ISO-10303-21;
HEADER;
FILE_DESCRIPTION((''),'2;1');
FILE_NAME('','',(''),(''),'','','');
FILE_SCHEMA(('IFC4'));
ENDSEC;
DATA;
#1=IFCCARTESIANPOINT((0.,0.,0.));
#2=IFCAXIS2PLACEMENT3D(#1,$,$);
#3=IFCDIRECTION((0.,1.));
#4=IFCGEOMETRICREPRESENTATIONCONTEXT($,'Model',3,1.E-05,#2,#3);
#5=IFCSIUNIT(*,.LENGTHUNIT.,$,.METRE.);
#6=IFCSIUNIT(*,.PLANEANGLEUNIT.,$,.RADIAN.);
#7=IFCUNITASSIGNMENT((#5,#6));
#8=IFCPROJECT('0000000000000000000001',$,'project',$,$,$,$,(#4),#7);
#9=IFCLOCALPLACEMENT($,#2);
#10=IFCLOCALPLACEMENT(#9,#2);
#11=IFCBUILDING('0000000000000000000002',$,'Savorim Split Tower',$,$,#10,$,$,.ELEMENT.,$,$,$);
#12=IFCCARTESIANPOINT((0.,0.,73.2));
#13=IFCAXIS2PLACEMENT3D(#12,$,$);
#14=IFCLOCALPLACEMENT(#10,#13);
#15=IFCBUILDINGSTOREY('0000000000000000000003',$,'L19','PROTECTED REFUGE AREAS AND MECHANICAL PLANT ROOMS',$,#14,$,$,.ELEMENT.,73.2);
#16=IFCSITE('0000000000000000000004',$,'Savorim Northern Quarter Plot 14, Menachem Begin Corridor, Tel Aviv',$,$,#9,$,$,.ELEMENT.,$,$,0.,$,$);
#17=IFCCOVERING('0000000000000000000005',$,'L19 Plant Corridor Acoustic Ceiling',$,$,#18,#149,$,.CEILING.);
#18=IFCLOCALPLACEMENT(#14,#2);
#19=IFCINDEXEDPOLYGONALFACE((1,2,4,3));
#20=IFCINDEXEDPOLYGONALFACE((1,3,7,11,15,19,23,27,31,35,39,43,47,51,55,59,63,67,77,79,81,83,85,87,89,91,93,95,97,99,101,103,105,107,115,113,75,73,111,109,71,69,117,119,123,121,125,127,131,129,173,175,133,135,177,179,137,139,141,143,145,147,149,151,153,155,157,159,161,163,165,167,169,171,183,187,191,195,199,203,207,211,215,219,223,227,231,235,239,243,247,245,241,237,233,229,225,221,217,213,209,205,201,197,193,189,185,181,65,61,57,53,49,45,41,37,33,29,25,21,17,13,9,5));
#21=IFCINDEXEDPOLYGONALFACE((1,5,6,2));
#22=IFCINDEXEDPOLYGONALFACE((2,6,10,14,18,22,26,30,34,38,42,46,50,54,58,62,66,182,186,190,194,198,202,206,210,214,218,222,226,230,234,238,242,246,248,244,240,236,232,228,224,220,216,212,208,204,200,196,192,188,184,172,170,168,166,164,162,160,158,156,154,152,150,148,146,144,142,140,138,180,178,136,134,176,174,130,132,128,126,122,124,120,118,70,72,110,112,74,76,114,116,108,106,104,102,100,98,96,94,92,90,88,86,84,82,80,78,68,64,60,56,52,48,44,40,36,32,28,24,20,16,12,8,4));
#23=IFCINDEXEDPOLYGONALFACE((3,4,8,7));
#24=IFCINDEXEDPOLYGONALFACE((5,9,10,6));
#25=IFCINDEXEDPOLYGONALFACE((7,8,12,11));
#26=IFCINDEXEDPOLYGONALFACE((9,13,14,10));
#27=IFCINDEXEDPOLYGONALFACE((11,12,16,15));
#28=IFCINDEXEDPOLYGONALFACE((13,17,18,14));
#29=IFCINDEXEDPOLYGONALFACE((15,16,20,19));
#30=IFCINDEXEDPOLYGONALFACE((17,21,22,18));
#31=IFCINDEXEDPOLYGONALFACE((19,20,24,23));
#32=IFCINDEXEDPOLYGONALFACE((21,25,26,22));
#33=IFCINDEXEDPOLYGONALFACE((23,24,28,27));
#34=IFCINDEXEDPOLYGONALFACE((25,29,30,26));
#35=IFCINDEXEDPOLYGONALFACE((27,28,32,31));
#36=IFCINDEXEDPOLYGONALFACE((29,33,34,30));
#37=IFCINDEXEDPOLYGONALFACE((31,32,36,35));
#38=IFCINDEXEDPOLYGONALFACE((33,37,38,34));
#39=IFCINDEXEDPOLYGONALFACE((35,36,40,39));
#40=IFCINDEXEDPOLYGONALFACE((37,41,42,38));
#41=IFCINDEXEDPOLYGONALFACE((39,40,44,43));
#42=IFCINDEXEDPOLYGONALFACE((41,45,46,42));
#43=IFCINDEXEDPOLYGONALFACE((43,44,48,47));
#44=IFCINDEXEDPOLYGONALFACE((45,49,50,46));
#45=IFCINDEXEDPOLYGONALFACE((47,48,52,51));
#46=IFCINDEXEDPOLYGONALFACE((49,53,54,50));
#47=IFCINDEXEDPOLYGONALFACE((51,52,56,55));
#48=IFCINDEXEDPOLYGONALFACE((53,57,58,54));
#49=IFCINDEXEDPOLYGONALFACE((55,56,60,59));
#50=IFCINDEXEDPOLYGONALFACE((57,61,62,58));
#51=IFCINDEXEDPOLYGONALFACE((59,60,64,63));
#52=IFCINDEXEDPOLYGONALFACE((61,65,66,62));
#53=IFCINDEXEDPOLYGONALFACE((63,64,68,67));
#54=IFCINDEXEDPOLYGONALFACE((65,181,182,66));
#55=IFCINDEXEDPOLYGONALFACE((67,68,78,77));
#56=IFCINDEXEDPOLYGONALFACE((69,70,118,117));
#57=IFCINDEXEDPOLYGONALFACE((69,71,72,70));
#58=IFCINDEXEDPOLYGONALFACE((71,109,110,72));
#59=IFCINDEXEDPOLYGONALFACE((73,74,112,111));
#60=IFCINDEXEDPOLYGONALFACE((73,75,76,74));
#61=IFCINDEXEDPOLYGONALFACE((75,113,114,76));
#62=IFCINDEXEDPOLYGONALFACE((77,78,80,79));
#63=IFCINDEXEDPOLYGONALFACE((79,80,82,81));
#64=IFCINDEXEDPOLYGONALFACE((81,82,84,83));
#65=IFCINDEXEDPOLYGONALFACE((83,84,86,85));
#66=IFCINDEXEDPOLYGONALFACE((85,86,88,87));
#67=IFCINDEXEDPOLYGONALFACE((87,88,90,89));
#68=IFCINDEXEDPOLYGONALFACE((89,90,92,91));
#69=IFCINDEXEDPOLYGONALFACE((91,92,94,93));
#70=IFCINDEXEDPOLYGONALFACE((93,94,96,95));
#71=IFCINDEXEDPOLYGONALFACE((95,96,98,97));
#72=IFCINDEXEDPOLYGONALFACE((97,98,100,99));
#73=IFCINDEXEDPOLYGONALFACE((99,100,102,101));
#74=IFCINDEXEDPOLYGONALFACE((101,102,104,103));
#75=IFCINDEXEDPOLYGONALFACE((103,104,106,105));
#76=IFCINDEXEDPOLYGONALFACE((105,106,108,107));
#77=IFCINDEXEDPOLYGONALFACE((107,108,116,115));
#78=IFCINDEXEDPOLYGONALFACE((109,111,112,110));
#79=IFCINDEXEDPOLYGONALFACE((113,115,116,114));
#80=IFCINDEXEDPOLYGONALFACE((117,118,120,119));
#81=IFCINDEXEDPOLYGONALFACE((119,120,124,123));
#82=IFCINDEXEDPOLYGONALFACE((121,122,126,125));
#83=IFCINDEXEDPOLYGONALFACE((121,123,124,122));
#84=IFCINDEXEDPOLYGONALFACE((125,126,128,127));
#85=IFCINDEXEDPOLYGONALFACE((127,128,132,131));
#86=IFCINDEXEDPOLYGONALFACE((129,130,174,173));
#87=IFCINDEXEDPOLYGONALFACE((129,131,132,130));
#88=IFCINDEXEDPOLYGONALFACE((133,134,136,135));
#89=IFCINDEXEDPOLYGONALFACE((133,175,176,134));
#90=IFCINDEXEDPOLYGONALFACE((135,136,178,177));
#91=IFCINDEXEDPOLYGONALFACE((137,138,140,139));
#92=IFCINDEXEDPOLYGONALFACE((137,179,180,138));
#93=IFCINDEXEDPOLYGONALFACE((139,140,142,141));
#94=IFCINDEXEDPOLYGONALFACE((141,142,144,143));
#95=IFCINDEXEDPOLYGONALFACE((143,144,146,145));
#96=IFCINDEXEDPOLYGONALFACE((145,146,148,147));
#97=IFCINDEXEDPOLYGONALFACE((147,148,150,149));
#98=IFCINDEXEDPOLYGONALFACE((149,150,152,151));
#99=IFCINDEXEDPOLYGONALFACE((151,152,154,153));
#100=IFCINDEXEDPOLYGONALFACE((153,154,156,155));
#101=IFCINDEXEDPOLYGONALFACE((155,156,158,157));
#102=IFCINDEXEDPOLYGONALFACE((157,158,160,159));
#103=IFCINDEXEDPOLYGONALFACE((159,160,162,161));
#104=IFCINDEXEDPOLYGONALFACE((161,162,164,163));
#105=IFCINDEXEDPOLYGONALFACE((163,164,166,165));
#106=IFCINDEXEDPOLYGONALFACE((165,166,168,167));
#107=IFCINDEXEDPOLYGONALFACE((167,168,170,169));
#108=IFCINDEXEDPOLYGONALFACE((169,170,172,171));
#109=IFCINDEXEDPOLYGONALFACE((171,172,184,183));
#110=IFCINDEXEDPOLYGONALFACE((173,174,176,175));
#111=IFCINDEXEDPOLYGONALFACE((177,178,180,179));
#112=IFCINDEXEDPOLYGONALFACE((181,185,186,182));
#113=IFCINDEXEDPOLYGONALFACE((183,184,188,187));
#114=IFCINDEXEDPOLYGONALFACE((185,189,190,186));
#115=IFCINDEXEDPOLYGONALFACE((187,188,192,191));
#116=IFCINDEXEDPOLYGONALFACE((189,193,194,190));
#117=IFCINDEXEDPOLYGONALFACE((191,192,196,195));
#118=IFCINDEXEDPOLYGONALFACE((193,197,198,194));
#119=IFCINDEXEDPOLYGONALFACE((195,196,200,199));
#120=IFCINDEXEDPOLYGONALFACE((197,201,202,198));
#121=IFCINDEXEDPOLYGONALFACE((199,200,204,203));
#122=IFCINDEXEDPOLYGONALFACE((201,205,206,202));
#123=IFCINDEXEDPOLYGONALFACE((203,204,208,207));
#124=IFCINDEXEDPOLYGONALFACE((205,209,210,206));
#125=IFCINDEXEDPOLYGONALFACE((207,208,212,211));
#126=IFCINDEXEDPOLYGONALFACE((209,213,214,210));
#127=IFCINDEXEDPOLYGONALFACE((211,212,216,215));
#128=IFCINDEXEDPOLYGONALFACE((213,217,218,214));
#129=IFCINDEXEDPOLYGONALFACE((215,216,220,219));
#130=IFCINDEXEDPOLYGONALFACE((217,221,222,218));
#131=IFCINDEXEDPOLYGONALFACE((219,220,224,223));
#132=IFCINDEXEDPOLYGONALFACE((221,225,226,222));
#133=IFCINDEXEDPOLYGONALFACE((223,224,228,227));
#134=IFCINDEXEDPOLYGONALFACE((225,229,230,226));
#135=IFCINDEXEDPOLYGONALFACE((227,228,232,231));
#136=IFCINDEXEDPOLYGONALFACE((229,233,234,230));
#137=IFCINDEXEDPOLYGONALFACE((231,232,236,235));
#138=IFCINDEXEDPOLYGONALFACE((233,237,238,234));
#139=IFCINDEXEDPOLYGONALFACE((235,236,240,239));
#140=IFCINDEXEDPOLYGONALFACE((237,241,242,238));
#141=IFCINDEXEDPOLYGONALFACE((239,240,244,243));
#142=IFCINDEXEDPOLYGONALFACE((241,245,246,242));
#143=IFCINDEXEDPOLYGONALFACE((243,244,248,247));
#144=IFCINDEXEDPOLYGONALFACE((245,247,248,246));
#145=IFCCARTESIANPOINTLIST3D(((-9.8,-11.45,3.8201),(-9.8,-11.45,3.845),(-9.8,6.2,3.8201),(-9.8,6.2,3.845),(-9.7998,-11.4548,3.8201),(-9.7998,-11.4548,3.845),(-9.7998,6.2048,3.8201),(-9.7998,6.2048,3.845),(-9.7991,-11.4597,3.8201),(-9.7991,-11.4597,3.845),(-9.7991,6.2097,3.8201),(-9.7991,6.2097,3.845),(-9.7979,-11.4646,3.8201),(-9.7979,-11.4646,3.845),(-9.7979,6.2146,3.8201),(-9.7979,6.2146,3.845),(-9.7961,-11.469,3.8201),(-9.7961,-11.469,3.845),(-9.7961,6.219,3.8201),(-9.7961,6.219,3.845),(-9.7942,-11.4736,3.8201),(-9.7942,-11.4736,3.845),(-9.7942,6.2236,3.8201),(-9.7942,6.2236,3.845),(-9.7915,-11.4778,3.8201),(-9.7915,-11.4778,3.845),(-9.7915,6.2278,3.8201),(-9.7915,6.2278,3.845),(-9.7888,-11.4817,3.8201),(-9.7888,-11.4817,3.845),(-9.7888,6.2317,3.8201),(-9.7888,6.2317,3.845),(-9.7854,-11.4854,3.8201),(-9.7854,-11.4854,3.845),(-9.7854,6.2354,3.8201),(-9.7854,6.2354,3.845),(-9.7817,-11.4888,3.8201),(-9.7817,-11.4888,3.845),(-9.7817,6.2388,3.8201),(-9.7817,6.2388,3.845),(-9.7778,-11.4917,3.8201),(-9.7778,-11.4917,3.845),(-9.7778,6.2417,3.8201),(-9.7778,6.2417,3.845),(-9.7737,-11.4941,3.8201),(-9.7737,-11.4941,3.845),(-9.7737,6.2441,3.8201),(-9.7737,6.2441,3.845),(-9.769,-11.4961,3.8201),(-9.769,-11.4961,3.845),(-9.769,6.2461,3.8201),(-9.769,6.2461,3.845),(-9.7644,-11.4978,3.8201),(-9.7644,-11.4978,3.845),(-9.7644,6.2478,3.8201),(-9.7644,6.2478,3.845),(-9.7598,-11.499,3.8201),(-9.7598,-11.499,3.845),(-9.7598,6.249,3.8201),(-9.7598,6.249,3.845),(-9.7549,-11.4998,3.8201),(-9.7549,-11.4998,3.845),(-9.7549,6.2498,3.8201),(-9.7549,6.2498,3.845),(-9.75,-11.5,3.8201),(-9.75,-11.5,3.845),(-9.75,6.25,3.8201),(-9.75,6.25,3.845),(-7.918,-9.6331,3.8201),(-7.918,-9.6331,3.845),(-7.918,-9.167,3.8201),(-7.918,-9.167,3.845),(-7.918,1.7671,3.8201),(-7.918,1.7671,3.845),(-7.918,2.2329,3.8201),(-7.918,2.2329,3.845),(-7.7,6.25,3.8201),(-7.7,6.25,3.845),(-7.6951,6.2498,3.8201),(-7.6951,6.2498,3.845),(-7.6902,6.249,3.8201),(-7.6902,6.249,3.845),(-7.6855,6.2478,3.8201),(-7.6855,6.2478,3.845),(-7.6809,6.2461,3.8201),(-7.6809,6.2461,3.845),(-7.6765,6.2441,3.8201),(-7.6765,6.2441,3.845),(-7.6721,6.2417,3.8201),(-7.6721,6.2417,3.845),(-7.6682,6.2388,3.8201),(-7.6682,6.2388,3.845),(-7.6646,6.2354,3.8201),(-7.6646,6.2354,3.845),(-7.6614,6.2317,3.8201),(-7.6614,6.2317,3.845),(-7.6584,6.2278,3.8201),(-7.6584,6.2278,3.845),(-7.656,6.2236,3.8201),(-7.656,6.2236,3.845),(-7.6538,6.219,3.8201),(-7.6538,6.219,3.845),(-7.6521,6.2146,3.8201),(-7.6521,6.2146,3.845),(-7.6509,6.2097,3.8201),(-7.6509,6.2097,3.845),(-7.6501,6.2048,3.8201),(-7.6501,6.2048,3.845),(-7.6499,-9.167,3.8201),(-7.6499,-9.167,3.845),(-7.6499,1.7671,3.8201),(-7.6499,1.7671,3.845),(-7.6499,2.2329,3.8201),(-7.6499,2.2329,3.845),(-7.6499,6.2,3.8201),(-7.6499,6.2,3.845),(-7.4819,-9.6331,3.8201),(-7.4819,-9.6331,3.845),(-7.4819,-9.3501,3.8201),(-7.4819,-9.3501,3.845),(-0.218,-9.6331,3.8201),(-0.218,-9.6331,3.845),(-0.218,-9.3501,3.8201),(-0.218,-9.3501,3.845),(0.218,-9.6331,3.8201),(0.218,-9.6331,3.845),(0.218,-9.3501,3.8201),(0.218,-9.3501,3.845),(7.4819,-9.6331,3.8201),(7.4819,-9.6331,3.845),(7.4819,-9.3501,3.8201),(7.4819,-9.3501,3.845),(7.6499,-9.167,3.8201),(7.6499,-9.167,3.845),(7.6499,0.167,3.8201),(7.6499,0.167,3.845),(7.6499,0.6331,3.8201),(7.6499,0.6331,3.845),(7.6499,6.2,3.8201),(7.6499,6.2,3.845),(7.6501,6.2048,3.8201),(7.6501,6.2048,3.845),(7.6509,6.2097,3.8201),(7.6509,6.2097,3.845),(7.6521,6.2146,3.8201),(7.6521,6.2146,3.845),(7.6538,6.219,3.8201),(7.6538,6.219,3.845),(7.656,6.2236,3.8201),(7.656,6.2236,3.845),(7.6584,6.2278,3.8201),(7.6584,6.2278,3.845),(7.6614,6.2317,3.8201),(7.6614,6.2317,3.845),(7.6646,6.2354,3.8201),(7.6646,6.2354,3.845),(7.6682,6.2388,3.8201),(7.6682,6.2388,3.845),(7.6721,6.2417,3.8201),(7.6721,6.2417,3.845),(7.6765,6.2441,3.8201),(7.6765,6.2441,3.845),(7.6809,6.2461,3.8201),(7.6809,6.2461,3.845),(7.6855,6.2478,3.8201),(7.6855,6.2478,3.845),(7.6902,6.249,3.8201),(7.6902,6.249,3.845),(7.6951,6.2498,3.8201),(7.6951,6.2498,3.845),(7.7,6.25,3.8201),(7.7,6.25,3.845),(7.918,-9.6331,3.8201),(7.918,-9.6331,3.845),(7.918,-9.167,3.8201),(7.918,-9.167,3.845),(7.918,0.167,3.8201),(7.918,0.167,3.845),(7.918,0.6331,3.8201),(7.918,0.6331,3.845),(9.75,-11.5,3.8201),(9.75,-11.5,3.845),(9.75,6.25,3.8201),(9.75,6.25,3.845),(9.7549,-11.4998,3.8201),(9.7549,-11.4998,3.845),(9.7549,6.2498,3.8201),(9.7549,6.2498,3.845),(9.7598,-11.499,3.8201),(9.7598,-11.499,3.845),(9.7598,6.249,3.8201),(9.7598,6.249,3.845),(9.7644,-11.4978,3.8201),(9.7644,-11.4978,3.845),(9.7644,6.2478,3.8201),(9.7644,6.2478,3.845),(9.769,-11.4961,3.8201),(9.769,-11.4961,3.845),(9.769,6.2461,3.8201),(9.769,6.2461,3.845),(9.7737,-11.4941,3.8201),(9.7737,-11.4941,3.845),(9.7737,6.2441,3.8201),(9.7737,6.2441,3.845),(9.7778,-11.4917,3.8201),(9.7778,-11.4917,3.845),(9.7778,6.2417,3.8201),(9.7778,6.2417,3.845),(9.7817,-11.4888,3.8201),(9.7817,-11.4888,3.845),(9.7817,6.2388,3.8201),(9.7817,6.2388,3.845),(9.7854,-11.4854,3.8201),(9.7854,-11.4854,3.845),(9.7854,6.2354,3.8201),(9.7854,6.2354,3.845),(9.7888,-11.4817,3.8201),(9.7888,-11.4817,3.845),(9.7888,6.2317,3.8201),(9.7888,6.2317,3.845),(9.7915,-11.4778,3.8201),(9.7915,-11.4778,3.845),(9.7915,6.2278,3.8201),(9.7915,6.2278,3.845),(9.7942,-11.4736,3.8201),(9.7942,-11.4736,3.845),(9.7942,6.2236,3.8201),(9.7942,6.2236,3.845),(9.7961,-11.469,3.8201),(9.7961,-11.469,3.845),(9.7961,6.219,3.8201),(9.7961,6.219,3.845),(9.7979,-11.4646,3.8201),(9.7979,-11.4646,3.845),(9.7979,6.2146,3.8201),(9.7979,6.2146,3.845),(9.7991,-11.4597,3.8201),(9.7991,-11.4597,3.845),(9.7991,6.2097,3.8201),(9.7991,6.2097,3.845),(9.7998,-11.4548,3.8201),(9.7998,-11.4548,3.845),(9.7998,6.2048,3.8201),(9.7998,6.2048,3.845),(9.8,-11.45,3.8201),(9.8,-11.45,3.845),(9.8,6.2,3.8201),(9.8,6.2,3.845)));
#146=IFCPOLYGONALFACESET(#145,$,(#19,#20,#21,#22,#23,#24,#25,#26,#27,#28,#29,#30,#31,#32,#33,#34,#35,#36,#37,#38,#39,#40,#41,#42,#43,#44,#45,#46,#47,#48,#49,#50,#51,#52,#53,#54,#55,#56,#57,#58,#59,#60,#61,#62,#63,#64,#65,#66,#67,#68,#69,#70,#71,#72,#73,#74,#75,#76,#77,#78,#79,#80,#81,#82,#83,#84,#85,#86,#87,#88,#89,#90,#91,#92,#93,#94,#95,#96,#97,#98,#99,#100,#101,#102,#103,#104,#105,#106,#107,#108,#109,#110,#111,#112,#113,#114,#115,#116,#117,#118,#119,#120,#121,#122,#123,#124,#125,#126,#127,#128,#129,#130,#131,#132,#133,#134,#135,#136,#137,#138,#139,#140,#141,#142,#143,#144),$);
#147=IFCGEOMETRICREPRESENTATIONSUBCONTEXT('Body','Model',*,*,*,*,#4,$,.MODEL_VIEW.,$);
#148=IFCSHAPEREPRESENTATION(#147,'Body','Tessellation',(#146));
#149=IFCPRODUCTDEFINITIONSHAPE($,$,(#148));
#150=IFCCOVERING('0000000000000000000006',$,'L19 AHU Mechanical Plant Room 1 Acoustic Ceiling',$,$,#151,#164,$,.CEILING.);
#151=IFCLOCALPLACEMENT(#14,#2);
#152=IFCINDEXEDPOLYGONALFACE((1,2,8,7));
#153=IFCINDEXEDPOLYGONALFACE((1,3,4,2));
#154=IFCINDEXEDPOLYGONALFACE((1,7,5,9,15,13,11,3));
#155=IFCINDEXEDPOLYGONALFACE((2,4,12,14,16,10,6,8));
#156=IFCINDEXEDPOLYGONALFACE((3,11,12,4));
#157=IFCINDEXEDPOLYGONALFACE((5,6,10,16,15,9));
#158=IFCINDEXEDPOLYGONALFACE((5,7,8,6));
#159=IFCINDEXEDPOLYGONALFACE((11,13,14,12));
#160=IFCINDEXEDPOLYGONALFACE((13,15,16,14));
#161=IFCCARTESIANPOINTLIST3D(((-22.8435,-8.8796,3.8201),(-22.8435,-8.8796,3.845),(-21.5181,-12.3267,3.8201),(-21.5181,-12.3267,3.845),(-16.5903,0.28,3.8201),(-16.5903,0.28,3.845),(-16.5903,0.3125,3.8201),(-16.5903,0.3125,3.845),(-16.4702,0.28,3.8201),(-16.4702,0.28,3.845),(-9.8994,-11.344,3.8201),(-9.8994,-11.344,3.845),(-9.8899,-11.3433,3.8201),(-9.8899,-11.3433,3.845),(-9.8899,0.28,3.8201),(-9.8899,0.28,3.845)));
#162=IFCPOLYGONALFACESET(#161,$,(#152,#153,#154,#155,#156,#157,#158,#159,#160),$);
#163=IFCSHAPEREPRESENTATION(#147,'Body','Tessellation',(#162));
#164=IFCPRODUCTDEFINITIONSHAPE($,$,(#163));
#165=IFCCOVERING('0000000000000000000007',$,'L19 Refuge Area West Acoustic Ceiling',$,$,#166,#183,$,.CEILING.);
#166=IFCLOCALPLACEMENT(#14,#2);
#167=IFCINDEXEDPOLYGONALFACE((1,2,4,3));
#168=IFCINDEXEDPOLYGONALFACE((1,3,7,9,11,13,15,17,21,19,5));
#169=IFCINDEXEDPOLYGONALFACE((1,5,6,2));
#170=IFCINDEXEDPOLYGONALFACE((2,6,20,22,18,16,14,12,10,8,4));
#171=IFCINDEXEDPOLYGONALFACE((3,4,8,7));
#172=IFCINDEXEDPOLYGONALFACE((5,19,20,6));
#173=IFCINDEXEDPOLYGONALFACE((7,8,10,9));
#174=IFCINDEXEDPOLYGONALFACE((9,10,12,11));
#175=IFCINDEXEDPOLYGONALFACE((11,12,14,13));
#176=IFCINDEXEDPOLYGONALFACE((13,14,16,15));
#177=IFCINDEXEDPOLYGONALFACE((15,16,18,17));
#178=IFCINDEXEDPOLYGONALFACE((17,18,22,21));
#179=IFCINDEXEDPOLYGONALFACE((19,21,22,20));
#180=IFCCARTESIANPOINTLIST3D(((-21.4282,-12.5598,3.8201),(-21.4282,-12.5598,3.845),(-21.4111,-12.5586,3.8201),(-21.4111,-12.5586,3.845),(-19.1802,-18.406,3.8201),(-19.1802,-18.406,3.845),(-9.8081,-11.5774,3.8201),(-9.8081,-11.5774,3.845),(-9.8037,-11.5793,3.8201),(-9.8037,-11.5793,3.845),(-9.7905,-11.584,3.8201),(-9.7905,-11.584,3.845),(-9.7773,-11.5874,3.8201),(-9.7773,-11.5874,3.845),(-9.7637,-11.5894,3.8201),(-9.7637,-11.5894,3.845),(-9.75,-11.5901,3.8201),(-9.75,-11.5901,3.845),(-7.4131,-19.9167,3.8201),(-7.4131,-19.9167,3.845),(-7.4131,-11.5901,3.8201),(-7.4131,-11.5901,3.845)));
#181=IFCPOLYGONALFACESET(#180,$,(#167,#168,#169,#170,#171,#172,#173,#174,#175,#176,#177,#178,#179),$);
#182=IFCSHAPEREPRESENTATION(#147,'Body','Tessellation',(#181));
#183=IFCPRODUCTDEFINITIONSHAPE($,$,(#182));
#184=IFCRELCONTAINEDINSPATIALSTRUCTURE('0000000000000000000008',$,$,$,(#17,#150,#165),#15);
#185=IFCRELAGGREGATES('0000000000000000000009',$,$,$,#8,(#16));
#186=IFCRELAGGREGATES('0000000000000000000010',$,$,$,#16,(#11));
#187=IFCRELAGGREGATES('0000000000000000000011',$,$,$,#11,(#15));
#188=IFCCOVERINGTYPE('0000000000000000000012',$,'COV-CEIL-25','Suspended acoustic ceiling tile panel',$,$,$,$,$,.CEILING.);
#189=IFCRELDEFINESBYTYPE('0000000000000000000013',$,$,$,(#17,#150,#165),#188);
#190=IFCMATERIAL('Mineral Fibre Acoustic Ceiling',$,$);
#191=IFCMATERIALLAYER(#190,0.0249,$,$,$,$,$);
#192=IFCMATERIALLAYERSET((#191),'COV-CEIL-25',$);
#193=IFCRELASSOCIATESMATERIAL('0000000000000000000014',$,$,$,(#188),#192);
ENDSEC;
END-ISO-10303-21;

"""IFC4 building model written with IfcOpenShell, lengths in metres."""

from ifc_helpers import new_model, si_unit, direction, frame, origin, place, context, subcontext, project, spatial, polyline, outline, extrude, material, layer, layer_set, type_object, element, save


model = new_model("IFC4")

# Units and contexts
model_context = context("Model", 3, precision=1e-05, world=origin(), true_north=direction((0.0, 1.0)))
body_context = subcontext(model_context, "Body", "Model", "MODEL_VIEW")
ifc_project = project(units=[si_unit("LENGTHUNIT", "METRE"), si_unit("PLANEANGLEUNIT", "RADIAN")], contexts=[model_context])

# Site, building, storey
site_placement = place(None, origin())
site = spatial("IfcSite", under=ifc_project, at=site_placement, Name="Savorim Northern Quarter Plot 14, Menachem Begin Corridor, Tel Aviv", CompositionType="ELEMENT", RefElevation=0.0)
building_placement = place(site_placement, origin())
building = spatial("IfcBuilding", under=site, at=building_placement, Name="Savorim Split Tower", CompositionType="ELEMENT")
storey_placement = place(building_placement, frame((0.0, 0.0, 73.2)))
storey = spatial("IfcBuildingStorey", under=building, at=storey_placement, Name="L19", Description="PROTECTED REFUGE AREAS AND MECHANICAL PLANT ROOMS", CompositionType="ELEMENT", Elevation=73.2)

# Coverings
ifc_material_1 = material(Name="Mineral Fibre Acoustic Ceiling")
ifc_layer_1 = layer(ifc_material_1, 0.0249)
ifc_layer_set_1 = layer_set([ifc_layer_1], Name="COV-CEIL-25")
covering_type_1 = type_object("IfcCoveringType", Name="COV-CEIL-25", Description="Suspended acoustic ceiling tile panel", PredefinedType="CEILING", material=ifc_layer_set_1)
covering_1_placement = place(storey_placement, frame((0.0, 0.0, 3.8201)))
element("IfcCovering", 1, at=covering_1_placement, inside=storey, type_object=covering_type_1, Name="L19 Plant Corridor Acoustic Ceiling", PredefinedType="CEILING", context=body_context, shape_type="SweptSolid", body=[
    extrude(outline(polyline([(7.918, 0.167), (7.6499, 0.167), (7.6499, -9.167), (7.918, -9.167), (7.918, -9.6331), (7.4819, -9.6331), (7.4819, -9.3501), (0.218, -9.3501), (0.218, -9.6331), (-0.218, -9.6331), (-0.218, -9.3501), (-7.4819, -9.3501), (-7.4819, -9.6331), (-7.918, -9.6331), (-7.918, -9.167), (-7.6499, -9.167), (-7.6499, 1.7671), (-7.918, 1.7671), (-7.918, 2.2329), (-7.6499, 2.2329), (-7.6499, 6.2), (-7.6501, 6.2048), (-7.6509, 6.2097), (-7.6521, 6.2146), (-7.6538, 6.219), (-7.656, 6.2236), (-7.6584, 6.2278), (-7.6614, 6.2317), (-7.6646, 6.2354), (-7.6682, 6.2388), (-7.6721, 6.2417), (-7.6765, 6.2441), (-7.6809, 6.2461), (-7.6855, 6.2478), (-7.6902, 6.249), (-7.6951, 6.2498), (-7.7, 6.25), (-9.75, 6.25), (-9.7549, 6.2498), (-9.7598, 6.249), (-9.7644, 6.2478), (-9.769, 6.2461), (-9.7737, 6.2441), (-9.7778, 6.2417), (-9.7817, 6.2388), (-9.7854, 6.2354), (-9.7888, 6.2317), (-9.7915, 6.2278), (-9.7942, 6.2236), (-9.7961, 6.219), (-9.7979, 6.2146), (-9.7991, 6.2097), (-9.7998, 6.2048), (-9.8, 6.2), (-9.8, -11.45), (-9.7998, -11.4548), (-9.7991, -11.4597), (-9.7979, -11.4646), (-9.7961, -11.469), (-9.7942, -11.4736), (-9.7915, -11.4778), (-9.7888, -11.4817), (-9.7854, -11.4854), (-9.7817, -11.4888), (-9.7778, -11.4917), (-9.7737, -11.4941), (-9.769, -11.4961), (-9.7644, -11.4978), (-9.7598, -11.499), (-9.7549, -11.4998), (-9.75, -11.5), (9.75, -11.5), (9.7549, -11.4998), (9.7598, -11.499), (9.7644, -11.4978), (9.769, -11.4961), (9.7737, -11.4941), (9.7778, -11.4917), (9.7817, -11.4888), (9.7854, -11.4854), (9.7888, -11.4817), (9.7915, -11.4778), (9.7942, -11.4736), (9.7961, -11.469), (9.7979, -11.4646), (9.7991, -11.4597), (9.7998, -11.4548), (9.8, -11.45), (9.8, 6.2), (9.7998, 6.2048), (9.7991, 6.2097), (9.7979, 6.2146), (9.7961, 6.219), (9.7942, 6.2236), (9.7915, 6.2278), (9.7888, 6.2317), (9.7854, 6.2354), (9.7817, 6.2388), (9.7778, 6.2417), (9.7737, 6.2441), (9.769, 6.2461), (9.7644, 6.2478), (9.7598, 6.249), (9.7549, 6.2498), (9.75, 6.25), (7.7, 6.25), (7.6951, 6.2498), (7.6902, 6.249), (7.6855, 6.2478), (7.6809, 6.2461), (7.6765, 6.2441), (7.6721, 6.2417), (7.6682, 6.2388), (7.6646, 6.2354), (7.6614, 6.2317), (7.6584, 6.2278), (7.656, 6.2236), (7.6538, 6.219), (7.6521, 6.2146), (7.6509, 6.2097), (7.6501, 6.2048), (7.6499, 6.2), (7.6499, 0.6331), (7.918, 0.6331), (7.918, 0.167)])), origin(), (0.0, 0.0, 1.0), 0.0249),
])
covering_2_placement = place(storey_placement, frame((0.0, 0.0, 3.8201)))
element("IfcCovering", 2, at=covering_2_placement, inside=storey, type_object=covering_type_1, Name="L19 AHU Mechanical Plant Room 1 Acoustic Ceiling", PredefinedType="CEILING", context=body_context, shape_type="SweptSolid", body=[
    extrude(outline(polyline([(-16.5903, 0.28), (-16.5903, 0.3125), (-22.8435, -8.8796), (-21.5181, -12.3267), (-9.8994, -11.344), (-9.8899, -11.3433), (-9.8899, 0.28), (-16.4702, 0.28), (-16.5903, 0.28)])), origin(), (0.0, 0.0, 1.0), 0.0249),
])
covering_3_placement = place(storey_placement, frame((0.0, 0.0, 3.8201)))
element("IfcCovering", 3, at=covering_3_placement, inside=storey, type_object=covering_type_1, Name="L19 Refuge Area West Acoustic Ceiling", PredefinedType="CEILING", context=body_context, shape_type="SweptSolid", body=[
    extrude(outline(polyline([(-21.4111, -12.5586), (-21.4282, -12.5598), (-19.1802, -18.406), (-7.4131, -19.9167), (-7.4131, -11.5901), (-9.75, -11.5901), (-9.7637, -11.5894), (-9.7773, -11.5874), (-9.7905, -11.584), (-9.8037, -11.5793), (-9.8081, -11.5774), (-21.4111, -12.5586)])), origin(), (0.0, 0.0, 1.0), 0.0249),
])

save(model, "model.ifc")
